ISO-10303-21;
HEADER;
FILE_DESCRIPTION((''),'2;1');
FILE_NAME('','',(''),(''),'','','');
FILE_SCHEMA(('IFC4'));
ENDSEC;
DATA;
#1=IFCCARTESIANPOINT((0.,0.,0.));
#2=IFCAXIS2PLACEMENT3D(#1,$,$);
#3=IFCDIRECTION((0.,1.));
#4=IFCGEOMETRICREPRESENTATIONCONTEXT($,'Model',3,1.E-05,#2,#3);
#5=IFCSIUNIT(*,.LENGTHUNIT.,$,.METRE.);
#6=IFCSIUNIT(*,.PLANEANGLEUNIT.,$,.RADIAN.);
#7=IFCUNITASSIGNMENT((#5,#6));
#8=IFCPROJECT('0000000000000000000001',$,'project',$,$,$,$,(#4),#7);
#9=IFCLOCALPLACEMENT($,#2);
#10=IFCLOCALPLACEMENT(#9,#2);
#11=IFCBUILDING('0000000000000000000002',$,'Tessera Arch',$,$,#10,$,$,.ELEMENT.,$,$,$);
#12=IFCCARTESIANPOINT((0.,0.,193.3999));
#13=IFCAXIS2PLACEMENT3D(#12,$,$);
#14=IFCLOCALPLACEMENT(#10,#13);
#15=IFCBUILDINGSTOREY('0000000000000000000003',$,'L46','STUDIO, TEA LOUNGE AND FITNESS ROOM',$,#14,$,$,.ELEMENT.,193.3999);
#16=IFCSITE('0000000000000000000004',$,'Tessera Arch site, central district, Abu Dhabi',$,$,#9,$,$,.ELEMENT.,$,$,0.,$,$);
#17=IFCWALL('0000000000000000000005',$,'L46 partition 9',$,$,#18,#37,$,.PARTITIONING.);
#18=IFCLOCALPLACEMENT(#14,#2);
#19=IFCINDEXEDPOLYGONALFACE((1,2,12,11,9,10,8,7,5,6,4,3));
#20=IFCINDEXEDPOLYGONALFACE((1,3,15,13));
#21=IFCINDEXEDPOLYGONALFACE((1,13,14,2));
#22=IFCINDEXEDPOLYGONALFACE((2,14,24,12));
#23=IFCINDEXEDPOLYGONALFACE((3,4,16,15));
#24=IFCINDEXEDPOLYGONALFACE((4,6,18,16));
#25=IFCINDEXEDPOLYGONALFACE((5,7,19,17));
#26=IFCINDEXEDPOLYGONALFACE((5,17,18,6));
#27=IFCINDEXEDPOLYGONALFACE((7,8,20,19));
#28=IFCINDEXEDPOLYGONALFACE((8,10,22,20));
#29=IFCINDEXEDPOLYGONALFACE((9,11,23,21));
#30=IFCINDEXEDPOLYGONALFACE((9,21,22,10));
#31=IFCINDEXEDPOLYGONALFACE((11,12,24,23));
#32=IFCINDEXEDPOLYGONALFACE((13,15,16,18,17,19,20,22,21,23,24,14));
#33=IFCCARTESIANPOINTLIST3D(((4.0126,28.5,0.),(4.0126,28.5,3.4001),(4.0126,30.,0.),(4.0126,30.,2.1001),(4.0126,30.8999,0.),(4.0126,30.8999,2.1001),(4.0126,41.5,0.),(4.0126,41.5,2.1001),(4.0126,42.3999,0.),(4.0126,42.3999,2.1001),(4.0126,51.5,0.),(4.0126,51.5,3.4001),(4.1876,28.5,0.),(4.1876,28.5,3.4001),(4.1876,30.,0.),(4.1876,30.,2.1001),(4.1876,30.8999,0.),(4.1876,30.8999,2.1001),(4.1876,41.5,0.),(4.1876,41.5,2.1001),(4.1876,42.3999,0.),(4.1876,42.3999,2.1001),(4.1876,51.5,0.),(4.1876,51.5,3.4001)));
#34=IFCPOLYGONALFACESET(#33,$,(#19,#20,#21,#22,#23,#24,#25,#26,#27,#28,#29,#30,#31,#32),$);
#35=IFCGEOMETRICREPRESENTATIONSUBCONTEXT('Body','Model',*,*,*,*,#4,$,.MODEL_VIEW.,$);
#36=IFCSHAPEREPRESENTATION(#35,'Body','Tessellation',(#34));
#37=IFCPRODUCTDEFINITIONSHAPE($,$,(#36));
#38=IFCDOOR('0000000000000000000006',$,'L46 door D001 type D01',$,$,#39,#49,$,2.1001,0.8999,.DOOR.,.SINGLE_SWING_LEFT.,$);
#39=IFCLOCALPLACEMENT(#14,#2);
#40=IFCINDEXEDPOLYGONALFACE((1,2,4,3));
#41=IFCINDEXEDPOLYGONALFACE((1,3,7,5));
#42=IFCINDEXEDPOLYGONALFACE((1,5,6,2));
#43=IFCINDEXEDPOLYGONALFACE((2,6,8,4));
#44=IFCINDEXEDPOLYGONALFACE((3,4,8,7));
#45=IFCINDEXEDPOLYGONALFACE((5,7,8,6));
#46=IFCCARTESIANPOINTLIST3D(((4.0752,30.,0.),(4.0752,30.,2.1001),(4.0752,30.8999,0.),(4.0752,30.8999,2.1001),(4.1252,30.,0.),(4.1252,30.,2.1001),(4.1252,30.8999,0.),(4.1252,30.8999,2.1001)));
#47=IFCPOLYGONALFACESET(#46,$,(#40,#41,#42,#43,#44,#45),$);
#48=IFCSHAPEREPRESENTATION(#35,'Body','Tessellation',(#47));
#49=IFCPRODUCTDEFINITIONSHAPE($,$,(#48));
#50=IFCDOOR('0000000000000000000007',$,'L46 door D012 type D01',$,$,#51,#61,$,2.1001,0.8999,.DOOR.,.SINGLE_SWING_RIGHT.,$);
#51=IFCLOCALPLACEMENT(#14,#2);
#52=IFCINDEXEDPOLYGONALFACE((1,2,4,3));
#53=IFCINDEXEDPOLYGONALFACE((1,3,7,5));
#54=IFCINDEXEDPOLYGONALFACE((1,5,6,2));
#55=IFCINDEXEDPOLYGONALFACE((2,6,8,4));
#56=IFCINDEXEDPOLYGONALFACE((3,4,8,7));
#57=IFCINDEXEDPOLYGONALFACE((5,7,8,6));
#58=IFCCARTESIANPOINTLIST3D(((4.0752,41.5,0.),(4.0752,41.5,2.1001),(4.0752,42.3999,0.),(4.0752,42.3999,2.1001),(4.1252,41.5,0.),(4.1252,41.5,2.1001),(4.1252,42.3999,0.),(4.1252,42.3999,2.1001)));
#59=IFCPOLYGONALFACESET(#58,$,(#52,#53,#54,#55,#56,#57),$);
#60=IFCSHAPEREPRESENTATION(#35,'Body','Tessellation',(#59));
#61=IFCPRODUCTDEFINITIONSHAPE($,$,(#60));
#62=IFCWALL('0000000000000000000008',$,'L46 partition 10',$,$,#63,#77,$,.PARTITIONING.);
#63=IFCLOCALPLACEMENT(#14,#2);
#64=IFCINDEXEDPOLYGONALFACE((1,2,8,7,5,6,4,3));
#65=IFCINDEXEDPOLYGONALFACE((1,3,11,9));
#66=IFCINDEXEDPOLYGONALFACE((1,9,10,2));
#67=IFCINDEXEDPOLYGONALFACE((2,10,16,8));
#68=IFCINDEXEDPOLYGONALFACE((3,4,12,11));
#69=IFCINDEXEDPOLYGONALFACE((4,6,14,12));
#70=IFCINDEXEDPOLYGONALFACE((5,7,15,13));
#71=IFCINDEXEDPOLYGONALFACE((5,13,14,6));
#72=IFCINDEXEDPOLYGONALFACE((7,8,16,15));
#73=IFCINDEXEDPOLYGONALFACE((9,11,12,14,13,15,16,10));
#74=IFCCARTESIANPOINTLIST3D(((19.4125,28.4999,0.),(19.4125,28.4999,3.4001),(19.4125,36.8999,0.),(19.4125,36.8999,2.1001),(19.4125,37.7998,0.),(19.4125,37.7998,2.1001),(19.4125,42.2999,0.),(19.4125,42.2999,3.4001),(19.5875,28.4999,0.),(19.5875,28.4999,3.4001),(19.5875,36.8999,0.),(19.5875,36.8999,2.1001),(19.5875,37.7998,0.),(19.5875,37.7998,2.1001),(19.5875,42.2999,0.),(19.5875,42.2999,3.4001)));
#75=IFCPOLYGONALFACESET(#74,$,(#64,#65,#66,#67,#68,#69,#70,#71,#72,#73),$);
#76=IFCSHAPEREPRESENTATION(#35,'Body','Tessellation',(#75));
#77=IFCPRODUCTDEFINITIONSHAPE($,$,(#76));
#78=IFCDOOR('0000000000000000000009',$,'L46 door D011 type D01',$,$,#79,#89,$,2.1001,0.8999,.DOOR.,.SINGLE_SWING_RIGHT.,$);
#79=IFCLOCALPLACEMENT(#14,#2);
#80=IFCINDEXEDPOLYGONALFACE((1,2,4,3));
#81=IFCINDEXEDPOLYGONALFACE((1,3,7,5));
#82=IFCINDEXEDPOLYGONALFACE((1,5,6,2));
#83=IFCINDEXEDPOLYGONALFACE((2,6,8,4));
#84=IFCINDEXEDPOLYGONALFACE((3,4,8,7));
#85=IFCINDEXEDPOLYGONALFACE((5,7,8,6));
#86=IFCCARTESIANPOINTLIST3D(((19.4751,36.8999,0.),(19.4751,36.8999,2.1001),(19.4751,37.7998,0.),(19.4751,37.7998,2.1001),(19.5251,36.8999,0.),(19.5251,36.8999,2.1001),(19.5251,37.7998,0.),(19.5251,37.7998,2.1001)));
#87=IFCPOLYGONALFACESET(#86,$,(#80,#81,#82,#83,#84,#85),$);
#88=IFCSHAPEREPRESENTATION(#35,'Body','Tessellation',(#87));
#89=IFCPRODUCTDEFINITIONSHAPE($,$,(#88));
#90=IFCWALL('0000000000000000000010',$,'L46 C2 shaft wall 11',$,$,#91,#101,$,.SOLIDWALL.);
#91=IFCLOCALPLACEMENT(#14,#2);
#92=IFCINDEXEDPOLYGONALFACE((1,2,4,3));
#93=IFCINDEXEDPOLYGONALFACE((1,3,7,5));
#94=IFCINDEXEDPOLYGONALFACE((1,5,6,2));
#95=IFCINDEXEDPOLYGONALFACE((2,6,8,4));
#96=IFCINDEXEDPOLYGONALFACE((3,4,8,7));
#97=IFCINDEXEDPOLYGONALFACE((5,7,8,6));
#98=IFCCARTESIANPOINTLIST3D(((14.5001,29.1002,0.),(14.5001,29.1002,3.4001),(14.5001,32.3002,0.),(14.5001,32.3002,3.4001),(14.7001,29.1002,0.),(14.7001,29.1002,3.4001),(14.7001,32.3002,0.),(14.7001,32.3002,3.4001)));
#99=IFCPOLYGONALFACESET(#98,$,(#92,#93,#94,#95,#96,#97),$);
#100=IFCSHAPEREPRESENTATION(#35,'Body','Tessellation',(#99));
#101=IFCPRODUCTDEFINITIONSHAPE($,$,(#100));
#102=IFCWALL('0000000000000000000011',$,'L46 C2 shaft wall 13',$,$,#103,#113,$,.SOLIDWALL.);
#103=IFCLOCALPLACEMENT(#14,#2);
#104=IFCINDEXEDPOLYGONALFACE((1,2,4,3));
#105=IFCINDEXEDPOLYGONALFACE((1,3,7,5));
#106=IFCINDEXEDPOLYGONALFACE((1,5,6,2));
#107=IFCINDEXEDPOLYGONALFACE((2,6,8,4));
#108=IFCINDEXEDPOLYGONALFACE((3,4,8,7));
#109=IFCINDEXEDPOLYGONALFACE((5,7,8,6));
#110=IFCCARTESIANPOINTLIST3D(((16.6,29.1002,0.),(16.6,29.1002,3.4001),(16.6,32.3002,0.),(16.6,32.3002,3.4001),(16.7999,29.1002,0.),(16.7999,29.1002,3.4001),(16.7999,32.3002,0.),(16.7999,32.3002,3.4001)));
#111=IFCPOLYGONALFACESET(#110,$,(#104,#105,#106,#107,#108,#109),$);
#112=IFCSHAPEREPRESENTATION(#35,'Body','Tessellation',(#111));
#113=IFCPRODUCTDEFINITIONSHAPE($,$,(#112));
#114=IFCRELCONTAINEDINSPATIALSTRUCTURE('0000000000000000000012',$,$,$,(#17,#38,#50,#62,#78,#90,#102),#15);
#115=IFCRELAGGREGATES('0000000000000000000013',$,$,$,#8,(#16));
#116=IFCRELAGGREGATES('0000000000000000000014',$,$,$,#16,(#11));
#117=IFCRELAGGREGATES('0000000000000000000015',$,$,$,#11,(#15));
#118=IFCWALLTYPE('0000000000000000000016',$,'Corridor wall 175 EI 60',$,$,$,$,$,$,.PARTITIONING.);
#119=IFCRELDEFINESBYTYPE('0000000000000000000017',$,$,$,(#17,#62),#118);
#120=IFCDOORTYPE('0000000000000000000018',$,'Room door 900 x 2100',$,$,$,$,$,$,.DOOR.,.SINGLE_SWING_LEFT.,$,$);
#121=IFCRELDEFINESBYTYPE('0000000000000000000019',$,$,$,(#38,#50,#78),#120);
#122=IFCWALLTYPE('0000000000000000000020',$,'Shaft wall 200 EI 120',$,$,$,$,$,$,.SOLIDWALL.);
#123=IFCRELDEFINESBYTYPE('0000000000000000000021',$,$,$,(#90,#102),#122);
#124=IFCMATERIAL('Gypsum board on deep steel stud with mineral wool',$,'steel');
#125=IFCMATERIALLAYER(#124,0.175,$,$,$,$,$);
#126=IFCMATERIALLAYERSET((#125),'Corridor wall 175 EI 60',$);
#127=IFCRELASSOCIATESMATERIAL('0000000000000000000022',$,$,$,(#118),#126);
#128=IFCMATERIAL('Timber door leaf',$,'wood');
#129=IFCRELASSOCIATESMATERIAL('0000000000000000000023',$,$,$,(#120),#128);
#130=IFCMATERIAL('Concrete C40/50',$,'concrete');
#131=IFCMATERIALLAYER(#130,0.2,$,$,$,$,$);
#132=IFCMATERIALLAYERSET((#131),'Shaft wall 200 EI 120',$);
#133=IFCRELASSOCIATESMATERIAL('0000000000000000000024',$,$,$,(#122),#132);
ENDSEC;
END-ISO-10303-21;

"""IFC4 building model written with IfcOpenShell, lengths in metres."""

from ifc_helpers import new_model, si_unit, direction, frame, frame_2d, origin, place, context, subcontext, project, spatial, rectangle, extrude, material, layer, layer_set, type_object, element, fill, save


model = new_model("IFC4")

# Units and contexts
model_context = context("Model", 3, precision=1e-05, world=origin(), true_north=direction((0.0, 1.0)))
body_context = subcontext(model_context, "Body", "Model", "MODEL_VIEW")
ifc_project = project(units=[si_unit("LENGTHUNIT", "METRE"), si_unit("PLANEANGLEUNIT", "RADIAN")], contexts=[model_context])

# Site, building, storey
site_placement = place(None, origin())
site = spatial("IfcSite", under=ifc_project, at=site_placement, Name="Tessera Arch site, central district, Abu Dhabi", CompositionType="ELEMENT", RefElevation=0.0)
building_placement = place(site_placement, origin())
building = spatial("IfcBuilding", under=site, at=building_placement, Name="Tessera Arch", CompositionType="ELEMENT")
storey_placement = place(building_placement, frame((0.0, 0.0, 193.3999)))
storey = spatial("IfcBuildingStorey", under=building, at=storey_placement, Name="L46", Description="STUDIO, TEA LOUNGE AND FITNESS ROOM", CompositionType="ELEMENT", Elevation=193.3999)

# Shared definitions
ifc_material_1 = material(Name="Gypsum board on deep steel stud with mineral wool", Category="steel")
ifc_layer_1 = layer(ifc_material_1, 0.175)
ifc_layer_set_1 = layer_set([ifc_layer_1], Name="Corridor wall 175 EI 60")
wall_type_1 = type_object("IfcWallType", Name="Corridor wall 175 EI 60", PredefinedType="PARTITIONING", material=ifc_layer_set_1)

# Wall, openings, doors
wall_1_placement = place(storey_placement, frame((4.1001, 28.5, 0.0), z_axis=(0.0, 0.0, 1.0), x_axis=(0.0, 1.0, 0.0)))
wall_1 = element("IfcWall", 1, at=wall_1_placement, inside=storey, type_object=wall_type_1, Name="L46 partition 9", PredefinedType="PARTITIONING", context=body_context, shape_type="SweptSolid", body=[
    extrude(rectangle(XDim=23.0, YDim=0.175, at=frame_2d((11.5, 0.0))), origin(), (0.0, 0.0, 1.0), 3.4001),
])
opening_1_placement = place(wall_1_placement, frame((1.5, 0.0, 0.0)))
opening_1 = element("IfcOpeningElement", 2, at=opening_1_placement, cuts=wall_1, PredefinedType="OPENING", context=body_context, shape_type="SweptSolid", body=[
    extrude(rectangle(XDim=0.8999, YDim=2.1001, at=frame_2d((0.45, 1.05))), frame((0.0, 0.0974, 0.0), z_axis=(0.0, -1.0, 0.0), x_axis=(1.0, 0.0, 0.0)), (0.0, 0.0, 1.0), 0.1951),
])
opening_2_placement = place(wall_1_placement, frame((13.0, 0.0, 0.0)))
opening_2 = element("IfcOpeningElement", 3, at=opening_2_placement, cuts=wall_1, PredefinedType="OPENING", context=body_context, shape_type="SweptSolid", body=[
    extrude(rectangle(XDim=0.8999, YDim=2.1001, at=frame_2d((0.45, 1.05))), frame((0.0, 0.0974, 0.0), z_axis=(0.0, -1.0, 0.0), x_axis=(1.0, 0.0, 0.0)), (0.0, 0.0, 1.0), 0.1951),
])
ifc_material_2 = material(Name="Timber door leaf", Category="wood")
door_type_1 = type_object("IfcDoorType", Name="Room door 900 x 2100", OperationType="SINGLE_SWING_LEFT", PredefinedType="DOOR", material=ifc_material_2)
door_1_placement = place(opening_1_placement, origin())
door_1 = element("IfcDoor", 4, at=door_1_placement, inside=storey, type_object=door_type_1, Name="L46 door D001 type D01", OperationType="SINGLE_SWING_LEFT", OverallHeight=2.1001, OverallWidth=0.8999, PredefinedType="DOOR", context=body_context, shape_type="SweptSolid", body=[
    extrude(rectangle(XDim=0.8999, YDim=2.1001, at=frame_2d((0.45, 1.05))), frame((0.0, 0.0249, 0.0), z_axis=(0.0, -1.0, 0.0), x_axis=(1.0, 0.0, 0.0)), (0.0, 0.0, 1.0), 0.05),
])
fill(opening_1, door_1)
door_2_placement = place(opening_2_placement, origin())
door_2 = element("IfcDoor", 5, at=door_2_placement, inside=storey, type_object=door_type_1, Name="L46 door D012 type D01", OperationType="SINGLE_SWING_RIGHT", OverallHeight=2.1001, OverallWidth=0.8999, PredefinedType="DOOR", context=body_context, shape_type="SweptSolid", body=[
    extrude(rectangle(XDim=0.8999, YDim=2.1001, at=frame_2d((0.45, 1.05))), frame((0.0, 0.0249, 0.0), z_axis=(0.0, -1.0, 0.0), x_axis=(1.0, 0.0, 0.0)), (0.0, 0.0, 1.0), 0.05),
])
fill(opening_2, door_2)

# Wall, opening, door
wall_2_placement = place(storey_placement, frame((19.5, 28.5, 0.0), z_axis=(0.0, 0.0, 1.0), x_axis=(0.0, 1.0, 0.0)))
wall_2 = element("IfcWall", 6, at=wall_2_placement, inside=storey, type_object=wall_type_1, Name="L46 partition 10", PredefinedType="PARTITIONING", context=body_context, shape_type="SweptSolid", body=[
    extrude(rectangle(XDim=13.8, YDim=0.175, at=frame_2d((6.8999, 0.0))), origin(), (0.0, 0.0, 1.0), 3.4001),
])
opening_3_placement = place(wall_2_placement, frame((8.3999, 0.0, 0.0)))
opening_3 = element("IfcOpeningElement", 7, at=opening_3_placement, cuts=wall_2, PredefinedType="OPENING", context=body_context, shape_type="SweptSolid", body=[
    extrude(rectangle(XDim=0.8999, YDim=2.1001, at=frame_2d((0.45, 1.05))), frame((0.0, 0.0974, 0.0), z_axis=(0.0, -1.0, 0.0), x_axis=(1.0, 0.0, 0.0)), (0.0, 0.0, 1.0), 0.1951),
])
door_3_placement = place(opening_3_placement, origin())
door_3 = element("IfcDoor", 8, at=door_3_placement, inside=storey, type_object=door_type_1, Name="L46 door D011 type D01", OperationType="SINGLE_SWING_RIGHT", OverallHeight=2.1001, OverallWidth=0.8999, PredefinedType="DOOR", context=body_context, shape_type="SweptSolid", body=[
    extrude(rectangle(XDim=0.8999, YDim=2.1001, at=frame_2d((0.45, 1.05))), frame((0.0, 0.0249, 0.0), z_axis=(0.0, -1.0, 0.0), x_axis=(1.0, 0.0, 0.0)), (0.0, 0.0, 1.0), 0.05),
])
fill(opening_3, door_3)

# Walls
ifc_material_3 = material(Name="Concrete C40/50", Category="concrete")
ifc_layer_2 = layer(ifc_material_3, 0.2)
ifc_layer_set_2 = layer_set([ifc_layer_2], Name="Shaft wall 200 EI 120")
wall_type_2 = type_object("IfcWallType", Name="Shaft wall 200 EI 120", PredefinedType="SOLIDWALL", material=ifc_layer_set_2)
for number, where, z_axis, x_axis, name in (
    (9, (14.6001, 29.1001, 0.0), (0.0, 0.0, 1.0), (0.0, 1.0, 0.0), "L46 C2 shaft wall 11"),
    (10, (16.7, 29.1001, 0.0), (0.0, 0.0, 1.0), (0.0, 1.0, 0.0), "L46 C2 shaft wall 13"),
):
    element("IfcWall", number, at=place(storey_placement, frame(where, z_axis=z_axis, x_axis=x_axis)), inside=storey, type_object=wall_type_2, Name=name, PredefinedType="SOLIDWALL", context=body_context, shape_type="SweptSolid", body=[
        extrude(rectangle(XDim=3.2, YDim=0.2, at=frame_2d((1.6001, 0.0))), origin(), (0.0, 0.0, 1.0), 3.4001),
    ])

save(model, "model.ifc")
